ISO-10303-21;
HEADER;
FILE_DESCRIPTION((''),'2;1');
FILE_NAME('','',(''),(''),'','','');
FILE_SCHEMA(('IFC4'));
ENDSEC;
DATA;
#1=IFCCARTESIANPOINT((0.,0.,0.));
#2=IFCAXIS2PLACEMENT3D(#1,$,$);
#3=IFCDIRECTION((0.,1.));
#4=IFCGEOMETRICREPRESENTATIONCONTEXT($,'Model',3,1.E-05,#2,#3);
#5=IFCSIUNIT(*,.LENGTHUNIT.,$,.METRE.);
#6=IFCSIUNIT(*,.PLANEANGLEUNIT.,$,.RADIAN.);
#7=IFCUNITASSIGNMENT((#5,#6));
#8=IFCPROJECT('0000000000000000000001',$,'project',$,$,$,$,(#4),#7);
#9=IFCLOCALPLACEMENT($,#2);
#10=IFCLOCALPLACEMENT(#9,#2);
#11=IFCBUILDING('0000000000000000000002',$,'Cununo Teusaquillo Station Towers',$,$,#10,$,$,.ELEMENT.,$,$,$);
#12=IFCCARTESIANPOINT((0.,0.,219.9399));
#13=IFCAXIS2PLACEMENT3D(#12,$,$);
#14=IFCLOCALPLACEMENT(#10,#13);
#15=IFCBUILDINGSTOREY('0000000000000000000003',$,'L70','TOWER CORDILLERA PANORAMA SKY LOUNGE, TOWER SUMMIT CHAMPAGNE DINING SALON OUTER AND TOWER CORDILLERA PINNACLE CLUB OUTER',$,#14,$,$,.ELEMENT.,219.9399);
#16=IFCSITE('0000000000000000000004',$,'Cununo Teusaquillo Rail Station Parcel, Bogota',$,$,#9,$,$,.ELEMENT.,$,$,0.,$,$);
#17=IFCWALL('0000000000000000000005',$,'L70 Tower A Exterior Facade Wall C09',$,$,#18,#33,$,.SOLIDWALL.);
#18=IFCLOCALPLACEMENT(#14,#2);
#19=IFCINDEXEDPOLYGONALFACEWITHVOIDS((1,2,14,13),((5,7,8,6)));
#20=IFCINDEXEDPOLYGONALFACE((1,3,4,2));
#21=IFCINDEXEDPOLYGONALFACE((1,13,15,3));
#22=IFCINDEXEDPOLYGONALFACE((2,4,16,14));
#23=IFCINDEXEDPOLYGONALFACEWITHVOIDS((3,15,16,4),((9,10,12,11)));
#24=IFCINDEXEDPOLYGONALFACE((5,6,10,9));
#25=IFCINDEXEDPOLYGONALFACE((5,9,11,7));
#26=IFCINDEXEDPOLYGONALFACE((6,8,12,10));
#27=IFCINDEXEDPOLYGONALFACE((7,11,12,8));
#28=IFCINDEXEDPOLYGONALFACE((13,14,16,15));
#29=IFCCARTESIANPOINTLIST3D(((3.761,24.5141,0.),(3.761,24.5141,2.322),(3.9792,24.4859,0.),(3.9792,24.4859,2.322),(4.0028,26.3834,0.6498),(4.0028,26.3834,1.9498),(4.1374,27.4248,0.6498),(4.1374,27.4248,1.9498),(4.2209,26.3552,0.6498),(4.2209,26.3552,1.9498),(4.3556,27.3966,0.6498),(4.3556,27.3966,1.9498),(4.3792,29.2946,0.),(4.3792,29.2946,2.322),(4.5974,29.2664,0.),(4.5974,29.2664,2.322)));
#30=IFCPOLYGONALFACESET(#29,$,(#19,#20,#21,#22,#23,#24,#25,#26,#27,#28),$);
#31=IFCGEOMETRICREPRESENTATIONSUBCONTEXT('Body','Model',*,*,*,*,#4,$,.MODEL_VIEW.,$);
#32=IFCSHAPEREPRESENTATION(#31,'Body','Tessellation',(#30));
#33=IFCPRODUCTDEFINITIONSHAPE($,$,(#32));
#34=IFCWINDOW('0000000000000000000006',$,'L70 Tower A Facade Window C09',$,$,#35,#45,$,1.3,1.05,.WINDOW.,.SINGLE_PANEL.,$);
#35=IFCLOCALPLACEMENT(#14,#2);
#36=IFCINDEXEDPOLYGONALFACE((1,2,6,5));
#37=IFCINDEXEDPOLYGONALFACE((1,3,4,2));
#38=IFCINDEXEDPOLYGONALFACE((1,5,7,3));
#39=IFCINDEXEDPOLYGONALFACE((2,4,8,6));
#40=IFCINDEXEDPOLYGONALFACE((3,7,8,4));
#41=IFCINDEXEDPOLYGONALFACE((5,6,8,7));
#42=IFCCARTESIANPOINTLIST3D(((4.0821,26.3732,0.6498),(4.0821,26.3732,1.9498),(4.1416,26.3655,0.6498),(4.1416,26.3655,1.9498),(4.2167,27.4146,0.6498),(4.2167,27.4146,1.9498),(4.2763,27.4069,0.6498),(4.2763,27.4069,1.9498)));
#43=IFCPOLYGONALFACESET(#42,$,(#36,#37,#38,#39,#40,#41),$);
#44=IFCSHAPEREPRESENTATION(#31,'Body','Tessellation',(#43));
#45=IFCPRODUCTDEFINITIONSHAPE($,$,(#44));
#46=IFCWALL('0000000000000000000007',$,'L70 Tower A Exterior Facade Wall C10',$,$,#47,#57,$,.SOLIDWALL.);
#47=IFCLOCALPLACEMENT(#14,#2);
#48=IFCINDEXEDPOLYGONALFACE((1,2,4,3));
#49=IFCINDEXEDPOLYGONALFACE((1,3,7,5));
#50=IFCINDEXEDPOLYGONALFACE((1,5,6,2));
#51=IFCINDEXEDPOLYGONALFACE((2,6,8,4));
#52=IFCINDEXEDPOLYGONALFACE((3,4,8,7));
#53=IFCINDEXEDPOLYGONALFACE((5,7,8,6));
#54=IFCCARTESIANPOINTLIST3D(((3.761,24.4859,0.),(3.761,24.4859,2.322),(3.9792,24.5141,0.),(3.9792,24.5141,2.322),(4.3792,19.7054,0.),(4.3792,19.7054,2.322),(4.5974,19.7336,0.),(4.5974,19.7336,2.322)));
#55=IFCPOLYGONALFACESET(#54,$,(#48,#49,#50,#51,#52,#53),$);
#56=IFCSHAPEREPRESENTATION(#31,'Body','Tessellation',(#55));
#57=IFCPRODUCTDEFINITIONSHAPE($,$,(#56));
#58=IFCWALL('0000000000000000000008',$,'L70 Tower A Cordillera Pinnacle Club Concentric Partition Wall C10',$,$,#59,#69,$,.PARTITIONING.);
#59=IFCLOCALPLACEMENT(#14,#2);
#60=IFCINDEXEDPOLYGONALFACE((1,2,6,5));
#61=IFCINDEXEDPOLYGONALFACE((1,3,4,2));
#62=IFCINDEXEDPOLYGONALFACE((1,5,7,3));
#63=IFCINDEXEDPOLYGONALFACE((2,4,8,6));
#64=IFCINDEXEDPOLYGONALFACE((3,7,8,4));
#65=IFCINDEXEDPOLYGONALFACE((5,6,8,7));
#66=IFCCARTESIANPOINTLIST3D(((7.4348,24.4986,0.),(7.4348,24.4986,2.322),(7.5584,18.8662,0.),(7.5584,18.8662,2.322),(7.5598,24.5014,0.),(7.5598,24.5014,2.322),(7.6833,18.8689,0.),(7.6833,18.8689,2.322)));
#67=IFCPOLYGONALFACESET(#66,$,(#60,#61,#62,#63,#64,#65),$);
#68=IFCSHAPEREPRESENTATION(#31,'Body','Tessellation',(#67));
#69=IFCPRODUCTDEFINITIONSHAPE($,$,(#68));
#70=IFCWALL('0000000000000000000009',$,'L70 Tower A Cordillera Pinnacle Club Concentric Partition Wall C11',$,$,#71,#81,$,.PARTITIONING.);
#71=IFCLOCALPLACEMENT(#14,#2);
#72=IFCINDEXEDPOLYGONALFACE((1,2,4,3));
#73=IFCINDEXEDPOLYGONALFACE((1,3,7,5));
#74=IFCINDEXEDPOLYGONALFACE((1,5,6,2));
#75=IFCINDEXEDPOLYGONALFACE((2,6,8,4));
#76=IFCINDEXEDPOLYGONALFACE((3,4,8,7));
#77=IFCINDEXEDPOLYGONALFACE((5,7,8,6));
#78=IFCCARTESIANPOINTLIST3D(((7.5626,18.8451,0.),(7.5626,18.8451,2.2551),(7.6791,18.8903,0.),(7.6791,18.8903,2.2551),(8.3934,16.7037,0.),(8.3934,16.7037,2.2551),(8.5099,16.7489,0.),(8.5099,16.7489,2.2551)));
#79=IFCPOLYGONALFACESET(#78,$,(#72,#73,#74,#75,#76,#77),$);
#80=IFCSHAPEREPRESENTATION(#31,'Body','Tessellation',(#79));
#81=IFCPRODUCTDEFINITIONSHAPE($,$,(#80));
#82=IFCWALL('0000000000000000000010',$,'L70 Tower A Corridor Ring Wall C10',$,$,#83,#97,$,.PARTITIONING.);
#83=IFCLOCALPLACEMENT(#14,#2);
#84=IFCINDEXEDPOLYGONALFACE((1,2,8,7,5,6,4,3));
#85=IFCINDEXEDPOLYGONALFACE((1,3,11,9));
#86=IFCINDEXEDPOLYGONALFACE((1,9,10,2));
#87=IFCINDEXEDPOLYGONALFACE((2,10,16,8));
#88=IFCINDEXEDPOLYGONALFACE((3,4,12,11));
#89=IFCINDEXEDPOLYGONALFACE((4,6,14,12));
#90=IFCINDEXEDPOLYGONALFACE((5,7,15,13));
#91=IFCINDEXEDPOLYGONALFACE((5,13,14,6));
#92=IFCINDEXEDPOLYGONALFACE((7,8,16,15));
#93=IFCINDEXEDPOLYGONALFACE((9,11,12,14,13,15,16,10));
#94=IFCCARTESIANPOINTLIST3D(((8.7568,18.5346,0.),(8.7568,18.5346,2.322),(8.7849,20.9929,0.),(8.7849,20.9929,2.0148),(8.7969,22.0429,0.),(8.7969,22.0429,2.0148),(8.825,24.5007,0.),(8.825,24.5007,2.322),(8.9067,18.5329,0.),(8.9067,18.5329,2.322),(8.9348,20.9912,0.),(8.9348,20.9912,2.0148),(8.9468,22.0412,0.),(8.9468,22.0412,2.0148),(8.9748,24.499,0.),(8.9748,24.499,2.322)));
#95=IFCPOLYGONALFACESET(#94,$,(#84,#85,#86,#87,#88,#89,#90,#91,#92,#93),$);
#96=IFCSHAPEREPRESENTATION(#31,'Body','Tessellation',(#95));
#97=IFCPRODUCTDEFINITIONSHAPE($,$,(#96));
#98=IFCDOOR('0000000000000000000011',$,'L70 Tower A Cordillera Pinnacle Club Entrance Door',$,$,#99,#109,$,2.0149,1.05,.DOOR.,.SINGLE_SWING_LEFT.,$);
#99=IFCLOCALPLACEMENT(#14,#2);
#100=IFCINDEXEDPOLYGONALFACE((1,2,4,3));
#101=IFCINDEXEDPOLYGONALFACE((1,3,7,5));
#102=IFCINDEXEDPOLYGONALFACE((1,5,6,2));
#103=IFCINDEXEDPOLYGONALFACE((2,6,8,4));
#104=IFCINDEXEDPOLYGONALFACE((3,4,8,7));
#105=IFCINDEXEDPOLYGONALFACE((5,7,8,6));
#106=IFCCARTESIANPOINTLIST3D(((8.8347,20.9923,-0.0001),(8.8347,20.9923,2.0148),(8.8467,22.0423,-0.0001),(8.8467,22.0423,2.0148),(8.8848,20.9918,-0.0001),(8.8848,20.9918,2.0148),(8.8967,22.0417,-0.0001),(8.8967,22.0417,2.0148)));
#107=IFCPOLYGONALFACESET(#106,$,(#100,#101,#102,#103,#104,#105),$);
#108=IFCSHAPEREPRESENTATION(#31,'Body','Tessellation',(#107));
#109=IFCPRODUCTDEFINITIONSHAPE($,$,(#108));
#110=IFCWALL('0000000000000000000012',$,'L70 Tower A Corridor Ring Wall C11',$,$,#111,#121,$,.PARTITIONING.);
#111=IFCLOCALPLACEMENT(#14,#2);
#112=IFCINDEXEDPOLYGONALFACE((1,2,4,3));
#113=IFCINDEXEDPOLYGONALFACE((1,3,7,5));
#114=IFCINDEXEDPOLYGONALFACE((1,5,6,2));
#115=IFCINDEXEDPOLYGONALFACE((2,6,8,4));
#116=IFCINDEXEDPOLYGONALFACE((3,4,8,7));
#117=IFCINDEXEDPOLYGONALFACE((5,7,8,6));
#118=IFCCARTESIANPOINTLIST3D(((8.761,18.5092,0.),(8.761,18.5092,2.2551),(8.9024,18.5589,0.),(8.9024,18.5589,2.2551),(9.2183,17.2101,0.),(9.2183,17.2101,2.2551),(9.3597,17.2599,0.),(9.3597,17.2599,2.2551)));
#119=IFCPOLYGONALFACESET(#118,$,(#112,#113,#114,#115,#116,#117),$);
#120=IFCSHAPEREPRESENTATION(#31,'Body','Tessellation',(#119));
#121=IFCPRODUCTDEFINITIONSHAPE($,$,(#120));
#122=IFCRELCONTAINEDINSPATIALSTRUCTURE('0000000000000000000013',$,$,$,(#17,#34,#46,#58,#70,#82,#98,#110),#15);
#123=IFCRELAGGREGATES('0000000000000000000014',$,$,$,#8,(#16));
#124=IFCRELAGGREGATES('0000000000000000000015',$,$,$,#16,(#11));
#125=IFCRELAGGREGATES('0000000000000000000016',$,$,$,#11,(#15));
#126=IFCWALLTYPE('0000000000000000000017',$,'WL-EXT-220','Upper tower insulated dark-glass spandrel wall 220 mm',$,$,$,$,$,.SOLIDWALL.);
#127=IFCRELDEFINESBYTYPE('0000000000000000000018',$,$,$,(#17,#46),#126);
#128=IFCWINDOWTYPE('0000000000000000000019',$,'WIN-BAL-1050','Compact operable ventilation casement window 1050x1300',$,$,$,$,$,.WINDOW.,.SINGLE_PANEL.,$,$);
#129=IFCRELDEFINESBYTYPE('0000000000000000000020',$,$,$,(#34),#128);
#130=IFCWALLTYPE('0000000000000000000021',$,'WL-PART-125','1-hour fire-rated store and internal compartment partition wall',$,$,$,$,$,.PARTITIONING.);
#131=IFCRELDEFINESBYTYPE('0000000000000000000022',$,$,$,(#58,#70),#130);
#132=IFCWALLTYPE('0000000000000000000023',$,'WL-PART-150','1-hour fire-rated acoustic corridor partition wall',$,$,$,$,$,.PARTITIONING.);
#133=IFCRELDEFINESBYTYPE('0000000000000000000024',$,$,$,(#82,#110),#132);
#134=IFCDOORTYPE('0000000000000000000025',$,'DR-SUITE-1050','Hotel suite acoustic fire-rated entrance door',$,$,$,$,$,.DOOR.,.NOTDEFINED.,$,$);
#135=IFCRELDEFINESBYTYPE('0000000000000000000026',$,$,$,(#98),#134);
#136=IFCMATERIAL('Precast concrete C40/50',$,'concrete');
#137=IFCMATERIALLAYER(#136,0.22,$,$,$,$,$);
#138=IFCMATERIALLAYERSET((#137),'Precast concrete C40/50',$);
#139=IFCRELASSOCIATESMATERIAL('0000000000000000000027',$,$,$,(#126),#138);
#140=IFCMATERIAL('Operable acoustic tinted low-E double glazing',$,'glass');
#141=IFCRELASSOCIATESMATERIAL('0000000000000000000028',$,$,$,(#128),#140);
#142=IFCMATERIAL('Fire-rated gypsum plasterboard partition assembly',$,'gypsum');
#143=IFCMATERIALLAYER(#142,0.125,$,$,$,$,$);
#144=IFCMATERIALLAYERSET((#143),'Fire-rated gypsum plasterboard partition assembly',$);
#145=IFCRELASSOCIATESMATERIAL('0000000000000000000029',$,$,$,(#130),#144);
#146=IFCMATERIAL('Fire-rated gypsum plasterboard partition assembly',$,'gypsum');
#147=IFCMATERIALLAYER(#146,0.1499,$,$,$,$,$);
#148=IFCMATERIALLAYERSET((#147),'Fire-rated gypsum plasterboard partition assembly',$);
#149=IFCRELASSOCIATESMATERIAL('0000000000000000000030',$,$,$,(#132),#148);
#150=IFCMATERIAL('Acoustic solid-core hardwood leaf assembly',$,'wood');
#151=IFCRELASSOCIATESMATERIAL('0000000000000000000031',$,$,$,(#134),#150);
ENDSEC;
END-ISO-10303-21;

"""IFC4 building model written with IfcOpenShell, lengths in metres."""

from ifc_helpers import new_model, si_unit, direction, frame, frame_2d, origin, place, context, subcontext, project, spatial, rectangle, extrude, source, transform, mapped, material, layer, layer_set, type_object, element, fill, save


model = new_model("IFC4")

# Units and contexts
model_context = context("Model", 3, precision=1e-05, world=origin(), true_north=direction((0.0, 1.0)))
body_context = subcontext(model_context, "Body", "Model", "MODEL_VIEW")
ifc_project = project(units=[si_unit("LENGTHUNIT", "METRE"), si_unit("PLANEANGLEUNIT", "RADIAN")], contexts=[model_context])

# Site, building, storey
site_placement = place(None, origin())
site = spatial("IfcSite", under=ifc_project, at=site_placement, Name="Cununo Teusaquillo Rail Station Parcel, Bogota", CompositionType="ELEMENT", RefElevation=0.0)
building_placement = place(site_placement, origin())
building = spatial("IfcBuilding", under=site, at=building_placement, Name="Cununo Teusaquillo Station Towers", CompositionType="ELEMENT")
storey_placement = place(building_placement, frame((0.0, 0.0, 219.9399)))
storey = spatial("IfcBuildingStorey", under=building, at=storey_placement, Name="L70", Description="TOWER CORDILLERA PANORAMA SKY LOUNGE, TOWER SUMMIT CHAMPAGNE DINING SALON OUTER AND TOWER CORDILLERA PINNACLE CLUB OUTER", CompositionType="ELEMENT", Elevation=219.9399)

# Wall, opening, window
ifc_material_1 = material(Name="Precast concrete C40/50", Category="concrete")
ifc_layer_1 = layer(ifc_material_1, 0.22)
ifc_layer_set_1 = layer_set([ifc_layer_1], Name="Precast concrete C40/50")
wall_type_1 = type_object("IfcWallType", Name="WL-EXT-220", Description="Upper tower insulated dark-glass spandrel wall 220 mm", PredefinedType="SOLIDWALL", material=ifc_layer_set_1)
wall_1_placement = place(storey_placement, frame((3.8701, 24.5, 0.0), z_axis=(0.0, 0.0, 1.0), x_axis=(0.128241, 0.991743, 0.0)))
wall_1 = element("IfcWall", 1, at=wall_1_placement, inside=storey, type_object=wall_type_1, Name="L70 Tower A Exterior Facade Wall C09", PredefinedType="SOLIDWALL", context=body_context, shape_type="SweptSolid", body=[
    extrude(rectangle(XDim=4.8203, YDim=0.22, at=frame_2d((2.4102, 0.0))), origin(), (0.0, 0.0, 1.0), 2.322),
])
shared_shape_1 = source(origin(), body_context, "Body", "SweptSolid", [
    extrude(rectangle(XDim=1.05, YDim=1.3, at=frame_2d((0.5249, 0.6499))), frame((0.0, 0.1199, 0.0), z_axis=(0.0, -1.0, 0.0), x_axis=(1.0, 0.0, 0.0)), (0.0, 0.0, 1.0), 0.24),
])
opening_1_placement = place(wall_1_placement, frame((1.885, 0.0, 0.6499)))
opening_1 = element("IfcOpeningElement", 2, at=opening_1_placement, cuts=wall_1, PredefinedType="OPENING", context=body_context, shape_type="MappedRepresentation", body=[
    mapped(shared_shape_1, transform((0.0, 0.0, 0.0), x_axis=(1.0, 0.0, 0.0), y_axis=(0.0, 1.0, 0.0), z_axis=(0.0, 0.0, 1.0), scale=1.0)),
])
ifc_material_2 = material(Name="Operable acoustic tinted low-E double glazing", Category="glass")
window_type = type_object("IfcWindowType", Name="WIN-BAL-1050", Description="Compact operable ventilation casement window 1050x1300", PartitioningType="SINGLE_PANEL", PredefinedType="WINDOW", material=ifc_material_2)
shared_shape_2 = source(origin(), body_context, "Body", "SweptSolid", [
    extrude(rectangle(XDim=1.05, YDim=1.3, at=frame_2d((0.5249, 0.6499))), frame((0.0, 0.03, 0.0), z_axis=(0.0, -1.0, 0.0), x_axis=(1.0, 0.0, 0.0)), (0.0, 0.0, 1.0), 0.0601),
])
window_placement = place(opening_1_placement, origin())
window = element("IfcWindow", 3, at=window_placement, inside=storey, type_object=window_type, Name="L70 Tower A Facade Window C09", OverallHeight=1.3, OverallWidth=1.05, PartitioningType="SINGLE_PANEL", PredefinedType="WINDOW", context=body_context, shape_type="MappedRepresentation", body=[
    mapped(shared_shape_2, transform((0.0, 0.0, 0.0), x_axis=(1.0, 0.0, 0.0), y_axis=(0.0, 1.0, 0.0), z_axis=(0.0, 0.0, 1.0), scale=1.0)),
])
fill(opening_1, window)

# Walls
wall_2_placement = place(storey_placement, frame((4.4883, 19.7195, 0.0), z_axis=(0.0, 0.0, 1.0), x_axis=(-0.128241, 0.991743, 0.0)))
element("IfcWall", 4, at=wall_2_placement, inside=storey, type_object=wall_type_1, Name="L70 Tower A Exterior Facade Wall C10", PredefinedType="SOLIDWALL", context=body_context, shape_type="SweptSolid", body=[
    extrude(rectangle(XDim=4.8203, YDim=0.22, at=frame_2d((2.4102, 0.0))), origin(), (0.0, 0.0, 1.0), 2.322),
])
ifc_material_3 = material(Name="Fire-rated gypsum plasterboard partition assembly", Category="gypsum")
ifc_layer_2 = layer(ifc_material_3, 0.125)
ifc_layer_set_2 = layer_set([ifc_layer_2], Name="Fire-rated gypsum plasterboard partition assembly")
wall_type_2 = type_object("IfcWallType", Name="WL-PART-125", Description="1-hour fire-rated store and internal compartment partition wall", PredefinedType="PARTITIONING", material=ifc_layer_set_2)
wall_3_placement = place(storey_placement, frame((7.4973, 24.5, 0.0), z_axis=(0.0, 0.0, 1.0), x_axis=(0.021928, -0.99976, 0.0)))
element("IfcWall", 5, at=wall_3_placement, inside=storey, type_object=wall_type_2, Name="L70 Tower A Cordillera Pinnacle Club Concentric Partition Wall C10", PredefinedType="PARTITIONING", context=body_context, shape_type="SweptSolid", body=[
    extrude(rectangle(XDim=5.6338, YDim=0.125, at=frame_2d((2.8169, 0.0))), origin(), (0.0, 0.0, 1.0), 2.322),
])
wall_4_placement = place(storey_placement, frame((7.6208, 18.8677, 0.0), z_axis=(0.0, 0.0, 1.0), x_axis=(0.361713, -0.93229, 0.0)))
element("IfcWall", 6, at=wall_4_placement, inside=storey, type_object=wall_type_2, Name="L70 Tower A Cordillera Pinnacle Club Concentric Partition Wall C11", PredefinedType="PARTITIONING", context=body_context, shape_type="SweptSolid", body=[
    extrude(rectangle(XDim=2.2969, YDim=0.125, at=frame_2d((1.1484, 0.0))), origin(), (0.0, 0.0, 1.0), 2.2551),
])

# Wall, opening, door
ifc_material_4 = material(Name="Fire-rated gypsum plasterboard partition assembly", Category="gypsum")
ifc_layer_3 = layer(ifc_material_4, 0.1499)
ifc_layer_set_3 = layer_set([ifc_layer_3], Name="Fire-rated gypsum plasterboard partition assembly")
wall_type_3 = type_object("IfcWallType", Name="WL-PART-150", Description="1-hour fire-rated acoustic corridor partition wall", PredefinedType="PARTITIONING", material=ifc_layer_set_3)
wall_5_placement = place(storey_placement, frame((8.8999, 24.5, 0.0), z_axis=(0.0, 0.0, 1.0), x_axis=(-0.011416, -0.999935, 0.0)))
wall_5 = element("IfcWall", 7, at=wall_5_placement, inside=storey, type_object=wall_type_3, Name="L70 Tower A Corridor Ring Wall C10", PredefinedType="PARTITIONING", context=body_context, shape_type="SweptSolid", body=[
    extrude(rectangle(XDim=5.9666, YDim=0.1499, at=frame_2d((2.9834, 0.0))), origin(), (0.0, 0.0, 1.0), 2.322),
])
shared_shape_3 = source(origin(), body_context, "Body", "SweptSolid", [
    extrude(rectangle(XDim=1.05, YDim=2.0149, at=frame_2d((0.5249, 1.0073))), frame((0.0, 0.085, 0.0), z_axis=(0.0, -1.0, 0.0), x_axis=(1.0, 0.0, 0.0)), (0.0, 0.0, 1.0), 0.1699),
])
opening_2_placement = place(wall_5_placement, frame((2.4583, 0.0, 0.0)))
opening_2 = element("IfcOpeningElement", 8, at=opening_2_placement, cuts=wall_5, PredefinedType="OPENING", context=body_context, shape_type="MappedRepresentation", body=[
    mapped(shared_shape_3, transform((0.0, 0.0, 0.0), x_axis=(1.0, 0.0, 0.0), y_axis=(0.0, 1.0, 0.0), z_axis=(0.0, 0.0, 1.0), scale=1.0)),
])
ifc_material_5 = material(Name="Acoustic solid-core hardwood leaf assembly", Category="wood")
door_type_1 = type_object("IfcDoorType", Name="DR-SUITE-1050", Description="Hotel suite acoustic fire-rated entrance door", OperationType="NOTDEFINED", PredefinedType="DOOR", material=ifc_material_5)
shared_shape_4 = source(origin(), body_context, "Body", "SweptSolid", [
    extrude(rectangle(XDim=1.05, YDim=2.0149, at=frame_2d((0.5249, 1.0073))), frame((0.0, 0.0249, 0.0), z_axis=(0.0, -1.0, 0.0), x_axis=(1.0, 0.0, 0.0)), (0.0, 0.0, 1.0), 0.05),
])
door_1_placement = place(opening_2_placement, origin())
door_1 = element("IfcDoor", 9, at=door_1_placement, inside=storey, type_object=door_type_1, Name="L70 Tower A Cordillera Pinnacle Club Entrance Door", OperationType="SINGLE_SWING_LEFT", OverallHeight=2.0149, OverallWidth=1.05, PredefinedType="DOOR", context=body_context, shape_type="MappedRepresentation", body=[
    mapped(shared_shape_4, transform((0.0, 0.0, 0.0), x_axis=(1.0, 0.0, 0.0), y_axis=(0.0, 1.0, 0.0), z_axis=(0.0, 0.0, 1.0), scale=1.0)),
])
fill(opening_2, door_1)

# Wall
wall_6_placement = place(storey_placement, frame((8.8318, 18.5339, 0.0), z_axis=(0.0, 0.0, 1.0), x_axis=(0.332032, -0.943268, 0.0)))
element("IfcWall", 10, at=wall_6_placement, inside=storey, type_object=wall_type_3, Name="L70 Tower A Corridor Ring Wall C11", PredefinedType="PARTITIONING", context=body_context, shape_type="SweptSolid", body=[
    extrude(rectangle(XDim=1.3772, YDim=0.1499, at=frame_2d((0.6885, 0.0))), origin(), (0.0, 0.0, 1.0), 2.2551),
])

save(model, "model.ifc")
